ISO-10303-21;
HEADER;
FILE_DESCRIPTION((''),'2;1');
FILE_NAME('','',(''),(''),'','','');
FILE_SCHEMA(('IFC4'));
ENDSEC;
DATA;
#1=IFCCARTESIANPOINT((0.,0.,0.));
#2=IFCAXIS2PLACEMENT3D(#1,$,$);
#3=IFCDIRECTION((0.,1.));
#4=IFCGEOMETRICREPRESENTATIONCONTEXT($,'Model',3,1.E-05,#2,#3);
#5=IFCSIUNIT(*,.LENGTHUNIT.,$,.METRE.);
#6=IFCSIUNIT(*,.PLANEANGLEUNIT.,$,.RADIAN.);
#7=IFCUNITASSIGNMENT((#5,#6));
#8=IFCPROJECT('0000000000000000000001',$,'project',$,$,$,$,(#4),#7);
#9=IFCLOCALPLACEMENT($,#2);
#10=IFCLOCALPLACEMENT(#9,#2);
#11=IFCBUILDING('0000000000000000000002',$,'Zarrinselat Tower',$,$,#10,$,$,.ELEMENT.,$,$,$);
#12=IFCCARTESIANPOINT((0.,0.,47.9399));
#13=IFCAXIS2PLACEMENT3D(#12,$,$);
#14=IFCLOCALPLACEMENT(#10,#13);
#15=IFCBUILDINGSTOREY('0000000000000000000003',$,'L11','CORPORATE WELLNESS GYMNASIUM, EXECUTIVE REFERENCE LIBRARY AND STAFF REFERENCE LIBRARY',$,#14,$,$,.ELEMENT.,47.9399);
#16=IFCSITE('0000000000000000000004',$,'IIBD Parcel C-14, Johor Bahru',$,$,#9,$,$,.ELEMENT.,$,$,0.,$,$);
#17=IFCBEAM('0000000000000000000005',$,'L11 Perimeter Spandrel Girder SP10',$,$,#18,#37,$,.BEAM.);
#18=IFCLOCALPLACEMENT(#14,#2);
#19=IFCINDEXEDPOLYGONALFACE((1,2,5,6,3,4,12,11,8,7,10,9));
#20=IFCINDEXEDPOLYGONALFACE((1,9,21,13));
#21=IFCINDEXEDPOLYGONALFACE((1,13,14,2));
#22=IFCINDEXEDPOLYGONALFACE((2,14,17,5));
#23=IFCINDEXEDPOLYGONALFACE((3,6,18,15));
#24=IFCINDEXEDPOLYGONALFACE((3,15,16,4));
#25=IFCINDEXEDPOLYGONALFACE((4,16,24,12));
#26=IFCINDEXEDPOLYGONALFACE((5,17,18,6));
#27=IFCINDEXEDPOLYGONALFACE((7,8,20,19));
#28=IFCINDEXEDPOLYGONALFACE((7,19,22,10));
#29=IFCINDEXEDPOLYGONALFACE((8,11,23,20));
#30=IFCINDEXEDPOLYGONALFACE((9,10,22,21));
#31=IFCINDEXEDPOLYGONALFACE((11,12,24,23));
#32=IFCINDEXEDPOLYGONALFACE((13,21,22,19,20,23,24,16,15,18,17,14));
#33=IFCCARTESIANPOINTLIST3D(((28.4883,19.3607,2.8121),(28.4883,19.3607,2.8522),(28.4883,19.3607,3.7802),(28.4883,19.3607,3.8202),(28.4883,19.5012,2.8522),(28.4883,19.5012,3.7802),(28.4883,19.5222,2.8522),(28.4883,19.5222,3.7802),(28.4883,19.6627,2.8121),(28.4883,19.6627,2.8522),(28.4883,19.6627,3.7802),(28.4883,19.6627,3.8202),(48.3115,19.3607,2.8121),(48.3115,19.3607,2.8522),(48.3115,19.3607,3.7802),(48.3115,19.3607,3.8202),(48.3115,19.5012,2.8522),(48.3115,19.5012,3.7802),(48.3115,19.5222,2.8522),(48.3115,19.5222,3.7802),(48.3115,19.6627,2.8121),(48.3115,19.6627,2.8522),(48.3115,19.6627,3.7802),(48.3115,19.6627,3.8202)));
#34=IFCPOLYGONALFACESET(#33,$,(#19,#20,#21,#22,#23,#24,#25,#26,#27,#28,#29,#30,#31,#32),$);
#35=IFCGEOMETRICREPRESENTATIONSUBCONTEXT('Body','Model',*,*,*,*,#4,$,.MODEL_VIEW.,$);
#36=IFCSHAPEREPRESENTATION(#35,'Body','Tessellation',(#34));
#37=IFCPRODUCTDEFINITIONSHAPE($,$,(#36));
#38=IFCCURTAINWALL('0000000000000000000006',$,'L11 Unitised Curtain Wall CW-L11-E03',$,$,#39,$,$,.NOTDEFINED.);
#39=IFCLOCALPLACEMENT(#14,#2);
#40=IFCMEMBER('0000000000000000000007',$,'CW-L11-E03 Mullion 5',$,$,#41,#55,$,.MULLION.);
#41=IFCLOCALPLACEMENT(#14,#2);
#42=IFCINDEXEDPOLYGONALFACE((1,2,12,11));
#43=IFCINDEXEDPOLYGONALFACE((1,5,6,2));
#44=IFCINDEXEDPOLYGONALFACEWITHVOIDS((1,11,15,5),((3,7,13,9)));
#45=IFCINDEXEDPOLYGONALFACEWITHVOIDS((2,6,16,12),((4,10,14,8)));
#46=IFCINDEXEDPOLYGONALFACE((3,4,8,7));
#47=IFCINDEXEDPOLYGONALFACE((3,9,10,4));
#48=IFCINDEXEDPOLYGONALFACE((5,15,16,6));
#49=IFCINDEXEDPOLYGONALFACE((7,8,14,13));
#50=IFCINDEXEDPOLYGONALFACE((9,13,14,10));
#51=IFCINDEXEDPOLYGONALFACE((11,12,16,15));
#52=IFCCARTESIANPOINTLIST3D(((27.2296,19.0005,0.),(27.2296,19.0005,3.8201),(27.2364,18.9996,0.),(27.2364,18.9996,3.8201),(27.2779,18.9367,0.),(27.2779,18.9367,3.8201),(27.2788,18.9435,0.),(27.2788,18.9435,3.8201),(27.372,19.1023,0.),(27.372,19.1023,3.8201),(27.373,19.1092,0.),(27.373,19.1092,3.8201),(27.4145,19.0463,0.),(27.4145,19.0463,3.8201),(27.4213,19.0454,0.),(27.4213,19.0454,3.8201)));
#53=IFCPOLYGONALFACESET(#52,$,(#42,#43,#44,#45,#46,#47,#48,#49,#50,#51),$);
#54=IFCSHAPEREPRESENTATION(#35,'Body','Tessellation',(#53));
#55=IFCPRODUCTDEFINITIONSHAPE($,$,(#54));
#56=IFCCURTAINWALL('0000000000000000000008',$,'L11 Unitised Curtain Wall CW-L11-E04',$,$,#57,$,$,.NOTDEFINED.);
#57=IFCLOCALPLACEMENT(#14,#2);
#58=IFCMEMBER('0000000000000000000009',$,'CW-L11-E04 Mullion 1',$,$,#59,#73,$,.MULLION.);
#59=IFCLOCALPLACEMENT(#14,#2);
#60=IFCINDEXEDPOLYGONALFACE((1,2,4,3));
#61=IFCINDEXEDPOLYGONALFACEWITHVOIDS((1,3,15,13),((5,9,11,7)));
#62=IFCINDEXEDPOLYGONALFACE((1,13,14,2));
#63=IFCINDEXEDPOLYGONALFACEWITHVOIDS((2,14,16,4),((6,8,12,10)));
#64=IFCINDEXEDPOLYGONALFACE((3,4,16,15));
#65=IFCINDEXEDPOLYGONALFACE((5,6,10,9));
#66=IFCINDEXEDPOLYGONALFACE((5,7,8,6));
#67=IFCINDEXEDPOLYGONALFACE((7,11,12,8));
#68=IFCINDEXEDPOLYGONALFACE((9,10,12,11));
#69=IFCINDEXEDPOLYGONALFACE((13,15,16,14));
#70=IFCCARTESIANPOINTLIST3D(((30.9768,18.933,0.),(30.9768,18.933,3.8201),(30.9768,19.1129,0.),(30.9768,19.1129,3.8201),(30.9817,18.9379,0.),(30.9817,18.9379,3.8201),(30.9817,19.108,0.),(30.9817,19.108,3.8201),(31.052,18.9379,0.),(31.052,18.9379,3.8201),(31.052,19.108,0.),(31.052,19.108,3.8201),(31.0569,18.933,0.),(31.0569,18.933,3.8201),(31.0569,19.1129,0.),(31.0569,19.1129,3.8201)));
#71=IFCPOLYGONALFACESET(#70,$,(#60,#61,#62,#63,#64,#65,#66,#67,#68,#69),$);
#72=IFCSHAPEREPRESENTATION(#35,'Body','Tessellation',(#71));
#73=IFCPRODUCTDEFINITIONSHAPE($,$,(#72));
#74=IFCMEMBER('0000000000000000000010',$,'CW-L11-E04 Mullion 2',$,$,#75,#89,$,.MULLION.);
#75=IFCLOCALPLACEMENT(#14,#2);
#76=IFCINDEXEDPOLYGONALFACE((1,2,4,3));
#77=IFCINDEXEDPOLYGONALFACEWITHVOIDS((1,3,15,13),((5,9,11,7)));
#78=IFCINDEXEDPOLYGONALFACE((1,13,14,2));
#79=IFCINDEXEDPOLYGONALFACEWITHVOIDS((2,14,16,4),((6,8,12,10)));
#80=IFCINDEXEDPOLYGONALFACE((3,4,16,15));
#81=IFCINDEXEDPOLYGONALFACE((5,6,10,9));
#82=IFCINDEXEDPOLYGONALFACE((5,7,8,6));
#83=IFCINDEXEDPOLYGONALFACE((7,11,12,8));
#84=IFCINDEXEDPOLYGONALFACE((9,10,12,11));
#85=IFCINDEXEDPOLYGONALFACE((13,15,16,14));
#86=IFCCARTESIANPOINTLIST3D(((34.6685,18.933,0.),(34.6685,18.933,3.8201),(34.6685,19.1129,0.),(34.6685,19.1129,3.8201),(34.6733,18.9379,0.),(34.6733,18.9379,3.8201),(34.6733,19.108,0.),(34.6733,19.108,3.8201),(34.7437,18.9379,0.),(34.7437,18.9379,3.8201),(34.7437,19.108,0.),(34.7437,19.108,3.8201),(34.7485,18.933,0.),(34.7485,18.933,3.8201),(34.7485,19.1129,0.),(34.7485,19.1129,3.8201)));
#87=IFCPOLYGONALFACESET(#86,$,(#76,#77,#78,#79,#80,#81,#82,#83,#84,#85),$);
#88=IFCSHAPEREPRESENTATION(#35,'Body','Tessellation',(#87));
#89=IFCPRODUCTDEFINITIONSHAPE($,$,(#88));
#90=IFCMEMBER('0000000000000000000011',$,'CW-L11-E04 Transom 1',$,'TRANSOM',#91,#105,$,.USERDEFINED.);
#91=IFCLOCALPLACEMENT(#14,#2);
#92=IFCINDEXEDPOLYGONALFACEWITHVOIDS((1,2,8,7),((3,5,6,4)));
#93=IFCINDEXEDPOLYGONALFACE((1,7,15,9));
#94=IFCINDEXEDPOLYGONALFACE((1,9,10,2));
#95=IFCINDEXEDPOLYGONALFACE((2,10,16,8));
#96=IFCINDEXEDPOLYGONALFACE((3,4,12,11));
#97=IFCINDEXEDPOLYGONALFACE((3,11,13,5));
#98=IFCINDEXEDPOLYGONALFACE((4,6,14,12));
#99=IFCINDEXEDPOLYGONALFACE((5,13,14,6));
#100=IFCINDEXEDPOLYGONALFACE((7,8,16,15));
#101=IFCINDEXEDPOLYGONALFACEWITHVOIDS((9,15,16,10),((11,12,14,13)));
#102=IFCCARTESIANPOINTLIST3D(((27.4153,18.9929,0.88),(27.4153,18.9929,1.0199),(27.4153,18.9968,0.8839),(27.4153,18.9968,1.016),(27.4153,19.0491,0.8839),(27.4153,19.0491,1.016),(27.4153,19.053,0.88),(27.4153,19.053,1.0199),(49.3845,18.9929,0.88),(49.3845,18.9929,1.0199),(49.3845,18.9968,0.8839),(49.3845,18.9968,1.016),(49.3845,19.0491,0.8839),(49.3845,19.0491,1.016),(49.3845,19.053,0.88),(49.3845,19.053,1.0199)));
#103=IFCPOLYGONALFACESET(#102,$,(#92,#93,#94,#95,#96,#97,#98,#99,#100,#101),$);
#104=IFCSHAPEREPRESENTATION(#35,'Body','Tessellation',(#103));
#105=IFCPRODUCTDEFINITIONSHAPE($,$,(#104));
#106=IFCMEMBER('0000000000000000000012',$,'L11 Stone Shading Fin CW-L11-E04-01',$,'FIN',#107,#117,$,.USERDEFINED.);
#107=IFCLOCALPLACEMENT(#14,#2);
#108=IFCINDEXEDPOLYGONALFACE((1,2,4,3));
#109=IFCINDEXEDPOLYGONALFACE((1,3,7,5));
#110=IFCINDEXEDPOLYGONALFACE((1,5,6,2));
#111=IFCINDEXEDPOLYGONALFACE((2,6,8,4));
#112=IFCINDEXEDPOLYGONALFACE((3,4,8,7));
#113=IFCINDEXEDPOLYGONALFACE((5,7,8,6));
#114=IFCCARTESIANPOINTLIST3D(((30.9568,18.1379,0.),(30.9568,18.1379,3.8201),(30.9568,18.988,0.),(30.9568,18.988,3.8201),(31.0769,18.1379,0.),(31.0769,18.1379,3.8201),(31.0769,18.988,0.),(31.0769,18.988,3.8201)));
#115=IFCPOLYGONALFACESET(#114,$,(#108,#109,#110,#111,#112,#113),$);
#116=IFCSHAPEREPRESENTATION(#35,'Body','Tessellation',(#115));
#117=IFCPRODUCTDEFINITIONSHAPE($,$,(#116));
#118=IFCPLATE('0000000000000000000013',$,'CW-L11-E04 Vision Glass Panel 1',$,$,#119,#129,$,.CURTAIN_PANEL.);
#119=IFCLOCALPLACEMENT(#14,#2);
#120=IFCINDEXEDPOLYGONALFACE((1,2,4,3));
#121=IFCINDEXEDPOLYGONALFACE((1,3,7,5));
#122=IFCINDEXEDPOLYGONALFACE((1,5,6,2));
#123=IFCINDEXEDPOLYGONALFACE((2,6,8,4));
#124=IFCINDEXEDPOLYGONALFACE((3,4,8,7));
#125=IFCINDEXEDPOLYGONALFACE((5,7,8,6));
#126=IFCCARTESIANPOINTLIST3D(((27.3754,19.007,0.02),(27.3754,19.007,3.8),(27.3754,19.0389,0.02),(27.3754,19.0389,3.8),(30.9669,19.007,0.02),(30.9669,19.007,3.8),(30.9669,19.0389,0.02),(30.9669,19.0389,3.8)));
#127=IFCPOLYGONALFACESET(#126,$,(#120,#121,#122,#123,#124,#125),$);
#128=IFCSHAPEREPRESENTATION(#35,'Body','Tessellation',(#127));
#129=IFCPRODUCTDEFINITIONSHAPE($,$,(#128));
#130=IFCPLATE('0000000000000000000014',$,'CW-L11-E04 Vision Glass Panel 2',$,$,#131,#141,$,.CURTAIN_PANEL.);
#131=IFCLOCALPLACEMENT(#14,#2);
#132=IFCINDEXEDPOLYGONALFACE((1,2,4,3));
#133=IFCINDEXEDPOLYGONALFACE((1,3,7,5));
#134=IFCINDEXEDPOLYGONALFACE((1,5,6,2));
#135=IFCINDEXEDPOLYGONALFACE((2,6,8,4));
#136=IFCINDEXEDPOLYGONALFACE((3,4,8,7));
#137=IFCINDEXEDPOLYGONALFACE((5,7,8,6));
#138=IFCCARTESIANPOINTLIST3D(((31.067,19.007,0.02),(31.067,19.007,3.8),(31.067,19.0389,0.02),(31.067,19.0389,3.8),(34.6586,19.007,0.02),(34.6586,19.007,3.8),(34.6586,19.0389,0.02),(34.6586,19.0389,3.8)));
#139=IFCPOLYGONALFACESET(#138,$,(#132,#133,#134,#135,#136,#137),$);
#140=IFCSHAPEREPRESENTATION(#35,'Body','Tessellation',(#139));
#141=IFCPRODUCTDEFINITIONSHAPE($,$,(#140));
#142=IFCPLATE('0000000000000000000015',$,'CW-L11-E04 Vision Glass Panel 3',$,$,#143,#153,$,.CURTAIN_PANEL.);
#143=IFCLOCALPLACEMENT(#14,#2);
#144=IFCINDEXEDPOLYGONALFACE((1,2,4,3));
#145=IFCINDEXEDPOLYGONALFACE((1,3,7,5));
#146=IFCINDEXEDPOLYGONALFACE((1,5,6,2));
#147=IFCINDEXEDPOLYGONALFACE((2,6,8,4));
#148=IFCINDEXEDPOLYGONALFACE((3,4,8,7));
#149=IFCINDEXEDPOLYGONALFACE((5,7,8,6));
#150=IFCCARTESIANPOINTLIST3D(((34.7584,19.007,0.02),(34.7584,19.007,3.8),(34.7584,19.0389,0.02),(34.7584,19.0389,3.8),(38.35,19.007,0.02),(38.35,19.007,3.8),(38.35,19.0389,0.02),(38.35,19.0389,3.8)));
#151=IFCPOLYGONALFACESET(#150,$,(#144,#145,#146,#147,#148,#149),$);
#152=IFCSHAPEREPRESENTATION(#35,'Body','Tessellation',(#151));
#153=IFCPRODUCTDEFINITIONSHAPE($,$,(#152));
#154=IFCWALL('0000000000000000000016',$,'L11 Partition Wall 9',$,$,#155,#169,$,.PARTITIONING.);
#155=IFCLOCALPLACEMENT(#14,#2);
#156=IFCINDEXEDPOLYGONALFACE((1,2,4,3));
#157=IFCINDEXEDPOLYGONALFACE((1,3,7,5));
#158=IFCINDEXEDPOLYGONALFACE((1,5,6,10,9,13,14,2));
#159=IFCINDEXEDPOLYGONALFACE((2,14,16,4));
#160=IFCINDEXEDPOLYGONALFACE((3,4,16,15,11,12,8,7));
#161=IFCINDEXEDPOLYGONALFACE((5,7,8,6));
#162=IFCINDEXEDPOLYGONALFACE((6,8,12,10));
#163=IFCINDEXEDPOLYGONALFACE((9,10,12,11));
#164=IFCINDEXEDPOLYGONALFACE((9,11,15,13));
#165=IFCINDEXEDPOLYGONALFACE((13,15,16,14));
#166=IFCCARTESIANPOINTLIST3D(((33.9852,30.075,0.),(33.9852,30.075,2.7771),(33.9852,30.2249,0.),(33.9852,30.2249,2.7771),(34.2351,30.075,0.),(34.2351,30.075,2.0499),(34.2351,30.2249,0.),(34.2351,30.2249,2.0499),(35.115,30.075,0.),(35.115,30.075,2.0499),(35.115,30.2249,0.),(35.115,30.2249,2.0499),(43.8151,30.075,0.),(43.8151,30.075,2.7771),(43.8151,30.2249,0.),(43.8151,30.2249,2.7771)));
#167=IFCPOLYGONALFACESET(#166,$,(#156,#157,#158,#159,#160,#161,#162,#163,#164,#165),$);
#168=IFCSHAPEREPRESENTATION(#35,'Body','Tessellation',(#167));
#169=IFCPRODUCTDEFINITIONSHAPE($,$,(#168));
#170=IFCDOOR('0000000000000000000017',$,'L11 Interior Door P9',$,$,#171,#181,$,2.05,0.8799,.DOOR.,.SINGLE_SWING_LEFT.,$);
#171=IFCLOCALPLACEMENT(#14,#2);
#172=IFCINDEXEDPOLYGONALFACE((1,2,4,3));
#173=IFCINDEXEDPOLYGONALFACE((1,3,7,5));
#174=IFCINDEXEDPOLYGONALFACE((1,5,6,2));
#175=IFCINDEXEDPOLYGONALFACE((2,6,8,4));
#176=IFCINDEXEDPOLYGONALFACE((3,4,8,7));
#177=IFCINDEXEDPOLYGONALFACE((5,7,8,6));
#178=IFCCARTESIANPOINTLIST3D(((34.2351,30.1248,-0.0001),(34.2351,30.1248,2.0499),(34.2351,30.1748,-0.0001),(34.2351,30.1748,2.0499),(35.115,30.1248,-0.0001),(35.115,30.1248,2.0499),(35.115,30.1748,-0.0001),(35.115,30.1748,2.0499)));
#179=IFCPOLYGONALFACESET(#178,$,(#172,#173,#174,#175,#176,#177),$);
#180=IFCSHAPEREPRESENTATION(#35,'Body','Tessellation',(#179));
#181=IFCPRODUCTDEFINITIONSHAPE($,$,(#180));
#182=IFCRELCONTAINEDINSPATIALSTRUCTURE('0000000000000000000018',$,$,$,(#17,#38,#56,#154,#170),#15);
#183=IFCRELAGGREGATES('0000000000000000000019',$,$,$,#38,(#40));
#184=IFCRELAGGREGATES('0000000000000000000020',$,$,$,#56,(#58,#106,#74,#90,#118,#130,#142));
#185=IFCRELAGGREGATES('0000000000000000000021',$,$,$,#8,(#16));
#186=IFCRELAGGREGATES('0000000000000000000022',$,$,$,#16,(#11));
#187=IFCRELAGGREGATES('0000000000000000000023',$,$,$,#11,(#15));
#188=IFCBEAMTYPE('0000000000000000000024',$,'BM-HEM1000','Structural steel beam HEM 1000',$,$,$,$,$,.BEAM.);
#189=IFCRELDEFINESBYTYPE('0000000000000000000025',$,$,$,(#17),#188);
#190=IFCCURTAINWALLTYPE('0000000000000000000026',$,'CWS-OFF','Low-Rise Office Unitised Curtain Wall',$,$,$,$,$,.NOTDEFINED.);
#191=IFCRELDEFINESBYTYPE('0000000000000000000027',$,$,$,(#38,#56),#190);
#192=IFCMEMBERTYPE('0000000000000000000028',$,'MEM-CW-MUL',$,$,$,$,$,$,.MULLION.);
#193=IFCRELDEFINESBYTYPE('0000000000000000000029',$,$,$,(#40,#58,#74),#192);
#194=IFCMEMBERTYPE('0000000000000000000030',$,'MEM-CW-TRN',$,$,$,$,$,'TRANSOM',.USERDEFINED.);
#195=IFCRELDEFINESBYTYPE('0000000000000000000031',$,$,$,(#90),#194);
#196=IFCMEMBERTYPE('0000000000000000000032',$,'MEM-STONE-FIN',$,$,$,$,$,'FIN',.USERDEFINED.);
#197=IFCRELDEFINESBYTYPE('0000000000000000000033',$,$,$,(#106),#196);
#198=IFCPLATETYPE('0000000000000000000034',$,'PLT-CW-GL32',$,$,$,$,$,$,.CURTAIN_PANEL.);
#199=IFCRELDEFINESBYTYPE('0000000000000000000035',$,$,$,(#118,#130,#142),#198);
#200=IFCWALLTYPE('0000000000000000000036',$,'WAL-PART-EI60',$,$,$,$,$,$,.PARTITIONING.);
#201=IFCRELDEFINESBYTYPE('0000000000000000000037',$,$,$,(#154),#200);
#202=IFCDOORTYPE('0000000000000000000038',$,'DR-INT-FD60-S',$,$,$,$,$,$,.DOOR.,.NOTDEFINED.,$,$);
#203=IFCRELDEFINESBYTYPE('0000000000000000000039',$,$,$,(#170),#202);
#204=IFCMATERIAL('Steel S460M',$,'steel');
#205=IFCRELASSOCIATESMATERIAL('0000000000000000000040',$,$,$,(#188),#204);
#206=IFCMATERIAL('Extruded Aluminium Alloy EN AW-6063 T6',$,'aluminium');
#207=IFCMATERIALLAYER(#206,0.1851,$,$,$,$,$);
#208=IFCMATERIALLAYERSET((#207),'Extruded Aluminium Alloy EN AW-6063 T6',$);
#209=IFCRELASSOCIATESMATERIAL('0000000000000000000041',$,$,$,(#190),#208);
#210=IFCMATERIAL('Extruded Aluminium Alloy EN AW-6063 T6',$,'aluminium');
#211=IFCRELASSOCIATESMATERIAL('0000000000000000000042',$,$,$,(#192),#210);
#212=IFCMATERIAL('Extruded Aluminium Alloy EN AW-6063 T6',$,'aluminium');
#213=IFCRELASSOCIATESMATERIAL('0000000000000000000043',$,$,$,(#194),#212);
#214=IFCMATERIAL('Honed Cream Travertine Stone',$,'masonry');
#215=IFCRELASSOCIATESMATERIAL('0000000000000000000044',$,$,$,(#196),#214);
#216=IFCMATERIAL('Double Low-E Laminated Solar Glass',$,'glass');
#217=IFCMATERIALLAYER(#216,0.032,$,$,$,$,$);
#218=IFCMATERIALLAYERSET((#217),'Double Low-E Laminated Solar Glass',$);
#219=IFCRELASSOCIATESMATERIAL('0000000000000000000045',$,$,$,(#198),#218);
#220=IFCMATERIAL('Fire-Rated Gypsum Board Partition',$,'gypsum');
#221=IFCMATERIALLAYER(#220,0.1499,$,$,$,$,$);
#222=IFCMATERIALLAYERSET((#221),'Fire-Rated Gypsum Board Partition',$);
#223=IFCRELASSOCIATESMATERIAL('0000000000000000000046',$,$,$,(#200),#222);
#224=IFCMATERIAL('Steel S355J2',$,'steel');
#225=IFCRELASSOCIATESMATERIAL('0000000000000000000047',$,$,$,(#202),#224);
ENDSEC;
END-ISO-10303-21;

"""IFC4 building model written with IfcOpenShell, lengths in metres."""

from ifc_helpers import new_model, si_unit, direction, frame, frame_2d, origin, origin_2d, place, context, subcontext, project, spatial, rectangle, hollow_rectangle, i_section, extrude, material, layer, layer_set, material_profile, profile_set, type_object, element, fill, aggregate, save


model = new_model("IFC4")

# Units and contexts
model_context = context("Model", 3, precision=1e-05, world=origin(), true_north=direction((0.0, 1.0)))
body_context = subcontext(model_context, "Body", "Model", "MODEL_VIEW")
ifc_project = project(units=[si_unit("LENGTHUNIT", "METRE"), si_unit("PLANEANGLEUNIT", "RADIAN")], contexts=[model_context])

# Site, building, storey
site_placement = place(None, origin())
site = spatial("IfcSite", under=ifc_project, at=site_placement, Name="IIBD Parcel C-14, Johor Bahru", CompositionType="ELEMENT", RefElevation=0.0)
building_placement = place(site_placement, origin())
building = spatial("IfcBuilding", under=site, at=building_placement, Name="Zarrinselat Tower", CompositionType="ELEMENT")
storey_placement = place(building_placement, frame((0.0, 0.0, 47.9399)))
storey = spatial("IfcBuildingStorey", under=building, at=storey_placement, Name="L11", Description="CORPORATE WELLNESS GYMNASIUM, EXECUTIVE REFERENCE LIBRARY AND STAFF REFERENCE LIBRARY", CompositionType="ELEMENT", Elevation=47.9399)

# Beam
ifc_material_1 = material(Name="Steel S460M", Category="steel")
ifc_material_profile_1 = material_profile(ifc_material_1, i_section(OverallWidth=0.302, OverallDepth=1.0081, WebThickness=0.021, FlangeThickness=0.04, at=origin_2d()), Name="HEM 1000")
ifc_profile_set_1 = profile_set([ifc_material_profile_1], Name="Steel S460M")
beam_type_1 = type_object("IfcBeamType", Name="BM-HEM1000", Description="Structural steel beam HEM 1000", PredefinedType="BEAM", material=ifc_profile_set_1)
beam_1_placement = place(storey_placement, frame((28.4883, 19.5117, 3.3162), z_axis=(1.0, 0.0, 0.0), x_axis=(0.0, 1.0, 0.0)))
element("IfcBeam", 1, at=beam_1_placement, inside=storey, type_object=beam_type_1, Name="L11 Perimeter Spandrel Girder SP10", PredefinedType="BEAM", context=body_context, shape_type="SweptSolid", body=[
    extrude(i_section(OverallWidth=0.302, OverallDepth=1.0081, WebThickness=0.021, FlangeThickness=0.04, at=origin_2d()), origin(), (0.0, 0.0, 1.0), 19.8232),
])

# Curtain wall, member
ifc_material_2 = material(Name="Extruded Aluminium Alloy EN AW-6063 T6", Category="aluminium")
ifc_layer_1 = layer(ifc_material_2, 0.1851)
ifc_layer_set_1 = layer_set([ifc_layer_1], Name="Extruded Aluminium Alloy EN AW-6063 T6")
curtain_wall_type = type_object("IfcCurtainWallType", Name="CWS-OFF", Description="Low-Rise Office Unitised Curtain Wall", PredefinedType="NOTDEFINED", material=ifc_layer_set_1)
curtain_wall_1_placement = place(storey_placement, origin())
curtain_wall_1 = element("IfcCurtainWall", 2, at=curtain_wall_1_placement, inside=storey, type_object=curtain_wall_type, Name="L11 Unitised Curtain Wall CW-L11-E03", PredefinedType="NOTDEFINED")
ifc_material_3 = material(Name="Extruded Aluminium Alloy EN AW-6063 T6", Category="aluminium")
ifc_material_profile_2 = material_profile(ifc_material_3, hollow_rectangle(XDim=0.0801, YDim=0.1799, WallThickness=0.0049, at=origin_2d()), Name="RHS 180x80x5")
ifc_profile_set_2 = profile_set([ifc_material_profile_2], Name="Extruded Aluminium Alloy EN AW-6063 T6")
member_type_1 = type_object("IfcMemberType", Name="MEM-CW-MUL", PredefinedType="MULLION", material=ifc_profile_set_2)
member_1_placement = place(storey_placement, frame((27.3254, 19.0229, 0.0), z_axis=(0.0, 0.0, 1.0), x_axis=(0.603857, -0.797092, 0.0)))
member_1 = element("IfcMember", 3, at=member_1_placement, type_object=member_type_1, Name="CW-L11-E03 Mullion 5", PredefinedType="MULLION", context=body_context, shape_type="SweptSolid", body=[
    extrude(hollow_rectangle(XDim=0.0801, YDim=0.1799, WallThickness=0.0049, at=origin_2d()), origin(), (0.0, 0.0, 1.0), 3.8201),
])
aggregate(curtain_wall_1, [member_1])

# Curtain wall, members, plates
curtain_wall_2_placement = place(storey_placement, origin())
curtain_wall_2 = element("IfcCurtainWall", 4, at=curtain_wall_2_placement, inside=storey, type_object=curtain_wall_type, Name="L11 Unitised Curtain Wall CW-L11-E04", PredefinedType="NOTDEFINED")
member_2_placement = place(storey_placement, frame((31.0168, 19.0229, 0.0), z_axis=(0.0, 0.0, 1.0), x_axis=(1.0, 0.0, 0.0)))
member_2 = element("IfcMember", 5, at=member_2_placement, type_object=member_type_1, Name="CW-L11-E04 Mullion 1", PredefinedType="MULLION", context=body_context, shape_type="SweptSolid", body=[
    extrude(hollow_rectangle(XDim=0.0801, YDim=0.1799, WallThickness=0.0049, at=origin_2d()), origin(), (0.0, 0.0, 1.0), 3.8201),
])
member_3_placement = place(storey_placement, frame((34.7085, 19.0229, 0.0), z_axis=(0.0, 0.0, 1.0), x_axis=(1.0, 0.0, 0.0)))
member_3 = element("IfcMember", 6, at=member_3_placement, type_object=member_type_1, Name="CW-L11-E04 Mullion 2", PredefinedType="MULLION", context=body_context, shape_type="SweptSolid", body=[
    extrude(hollow_rectangle(XDim=0.0801, YDim=0.1799, WallThickness=0.0049, at=origin_2d()), origin(), (0.0, 0.0, 1.0), 3.8201),
])
ifc_material_4 = material(Name="Extruded Aluminium Alloy EN AW-6063 T6", Category="aluminium")
ifc_material_profile_3 = material_profile(ifc_material_4, hollow_rectangle(XDim=0.0601, YDim=0.1399, WallThickness=0.0039, at=origin_2d()), Name="RHS 140x60x4")
ifc_profile_set_3 = profile_set([ifc_material_profile_3], Name="Extruded Aluminium Alloy EN AW-6063 T6")
member_type_2 = type_object("IfcMemberType", Name="MEM-CW-TRN", ElementType="TRANSOM", PredefinedType="USERDEFINED", material=ifc_profile_set_3)
member_4_placement = place(storey_placement, frame((27.4153, 19.0229, 0.95), z_axis=(1.0, 0.0, 0.0), x_axis=(0.0, 1.0, 0.0)))
member_4 = element("IfcMember", 7, at=member_4_placement, type_object=member_type_2, Name="CW-L11-E04 Transom 1", ObjectType="TRANSOM", PredefinedType="USERDEFINED", context=body_context, shape_type="SweptSolid", body=[
    extrude(hollow_rectangle(XDim=0.0601, YDim=0.1399, WallThickness=0.0039, at=origin_2d()), origin(), (0.0, 0.0, 1.0), 21.9692),
])
ifc_material_5 = material(Name="Honed Cream Travertine Stone", Category="masonry")
ifc_material_profile_4 = material_profile(ifc_material_5, rectangle(XDim=0.1201, YDim=0.8501, at=origin_2d()), Name="FIN 850x120")
ifc_profile_set_4 = profile_set([ifc_material_profile_4], Name="Honed Cream Travertine Stone")
member_type_3 = type_object("IfcMemberType", Name="MEM-STONE-FIN", ElementType="FIN", PredefinedType="USERDEFINED", material=ifc_profile_set_4)
member_5_placement = place(storey_placement, frame((31.0168, 18.563, 0.0), z_axis=(0.0, 0.0, 1.0), x_axis=(-1.0, 0.0, 0.0)))
member_5 = element("IfcMember", 8, at=member_5_placement, type_object=member_type_3, Name="L11 Stone Shading Fin CW-L11-E04-01", ObjectType="FIN", PredefinedType="USERDEFINED", context=body_context, shape_type="SweptSolid", body=[
    extrude(rectangle(XDim=0.1201, YDim=0.8501, at=origin_2d()), origin(), (0.0, 0.0, 1.0), 3.8201),
])
ifc_material_6 = material(Name="Double Low-E Laminated Solar Glass", Category="glass")
ifc_layer_2 = layer(ifc_material_6, 0.032)
ifc_layer_set_2 = layer_set([ifc_layer_2], Name="Double Low-E Laminated Solar Glass")
plate_type = type_object("IfcPlateType", Name="PLT-CW-GL32", PredefinedType="CURTAIN_PANEL", material=ifc_layer_set_2)
plate_1_placement = place(storey_placement, frame((29.1711, 19.0229, 0.02), z_axis=(0.0, 0.0, 1.0), x_axis=(1.0, 0.0, 0.0)))
plate_1 = element("IfcPlate", 9, at=plate_1_placement, type_object=plate_type, Name="CW-L11-E04 Vision Glass Panel 1", PredefinedType="CURTAIN_PANEL", context=body_context, shape_type="SweptSolid", body=[
    extrude(rectangle(XDim=3.5916, YDim=0.032, at=origin_2d()), origin(), (0.0, 0.0, 1.0), 3.78),
])
plate_2_placement = place(storey_placement, frame((32.8628, 19.0229, 0.02), z_axis=(0.0, 0.0, 1.0), x_axis=(1.0, 0.0, 0.0)))
plate_2 = element("IfcPlate", 10, at=plate_2_placement, type_object=plate_type, Name="CW-L11-E04 Vision Glass Panel 2", PredefinedType="CURTAIN_PANEL", context=body_context, shape_type="SweptSolid", body=[
    extrude(rectangle(XDim=3.5916, YDim=0.032, at=origin_2d()), origin(), (0.0, 0.0, 1.0), 3.78),
])
plate_3_placement = place(storey_placement, frame((36.5542, 19.0229, 0.02), z_axis=(0.0, 0.0, 1.0), x_axis=(1.0, 0.0, 0.0)))
plate_3 = element("IfcPlate", 11, at=plate_3_placement, type_object=plate_type, Name="CW-L11-E04 Vision Glass Panel 3", PredefinedType="CURTAIN_PANEL", context=body_context, shape_type="SweptSolid", body=[
    extrude(rectangle(XDim=3.5916, YDim=0.032, at=origin_2d()), origin(), (0.0, 0.0, 1.0), 3.78),
])
aggregate(curtain_wall_2, [member_2, member_5, member_3, member_4, plate_1, plate_2, plate_3])

# Wall, opening, door
ifc_material_7 = material(Name="Fire-Rated Gypsum Board Partition", Category="gypsum")
ifc_layer_3 = layer(ifc_material_7, 0.1499)
ifc_layer_set_3 = layer_set([ifc_layer_3], Name="Fire-Rated Gypsum Board Partition")
wall_type = type_object("IfcWallType", Name="WAL-PART-EI60", PredefinedType="PARTITIONING", material=ifc_layer_set_3)
wall_placement = place(storey_placement, frame((33.9851, 30.1499, 0.0), z_axis=(0.0, 0.0, 1.0), x_axis=(1.0, 0.0, 0.0)))
wall = element("IfcWall", 12, at=wall_placement, inside=storey, type_object=wall_type, Name="L11 Partition Wall 9", PredefinedType="PARTITIONING", context=body_context, shape_type="SweptSolid", body=[
    extrude(rectangle(XDim=9.8298, YDim=0.1499, at=frame_2d((4.915, 0.0))), origin(), (0.0, 0.0, 1.0), 2.7771),
])
opening_placement = place(wall_placement, frame((0.25, 0.0, 0.0)))
opening = element("IfcOpeningElement", 13, at=opening_placement, cuts=wall, PredefinedType="OPENING", context=body_context, shape_type="SweptSolid", body=[
    extrude(rectangle(XDim=0.8799, YDim=2.05, at=frame_2d((0.4399, 1.0249))), frame((0.0, 0.085, 0.0), z_axis=(0.0, -1.0, 0.0), x_axis=(1.0, 0.0, 0.0)), (0.0, 0.0, 1.0), 0.1699),
])
ifc_material_8 = material(Name="Steel S355J2", Category="steel")
door_type = type_object("IfcDoorType", Name="DR-INT-FD60-S", OperationType="NOTDEFINED", PredefinedType="DOOR", material=ifc_material_8)
door_placement = place(opening_placement, origin())
door = element("IfcDoor", 14, at=door_placement, inside=storey, type_object=door_type, Name="L11 Interior Door P9", OperationType="SINGLE_SWING_LEFT", OverallHeight=2.05, OverallWidth=0.8799, PredefinedType="DOOR", context=body_context, shape_type="SweptSolid", body=[
    extrude(rectangle(XDim=0.8799, YDim=2.05, at=frame_2d((0.4399, 1.0249))), frame((0.0, 0.0249, 0.0), z_axis=(0.0, -1.0, 0.0), x_axis=(1.0, 0.0, 0.0)), (0.0, 0.0, 1.0), 0.05),
])
fill(opening, door)

save(model, "model.ifc")
